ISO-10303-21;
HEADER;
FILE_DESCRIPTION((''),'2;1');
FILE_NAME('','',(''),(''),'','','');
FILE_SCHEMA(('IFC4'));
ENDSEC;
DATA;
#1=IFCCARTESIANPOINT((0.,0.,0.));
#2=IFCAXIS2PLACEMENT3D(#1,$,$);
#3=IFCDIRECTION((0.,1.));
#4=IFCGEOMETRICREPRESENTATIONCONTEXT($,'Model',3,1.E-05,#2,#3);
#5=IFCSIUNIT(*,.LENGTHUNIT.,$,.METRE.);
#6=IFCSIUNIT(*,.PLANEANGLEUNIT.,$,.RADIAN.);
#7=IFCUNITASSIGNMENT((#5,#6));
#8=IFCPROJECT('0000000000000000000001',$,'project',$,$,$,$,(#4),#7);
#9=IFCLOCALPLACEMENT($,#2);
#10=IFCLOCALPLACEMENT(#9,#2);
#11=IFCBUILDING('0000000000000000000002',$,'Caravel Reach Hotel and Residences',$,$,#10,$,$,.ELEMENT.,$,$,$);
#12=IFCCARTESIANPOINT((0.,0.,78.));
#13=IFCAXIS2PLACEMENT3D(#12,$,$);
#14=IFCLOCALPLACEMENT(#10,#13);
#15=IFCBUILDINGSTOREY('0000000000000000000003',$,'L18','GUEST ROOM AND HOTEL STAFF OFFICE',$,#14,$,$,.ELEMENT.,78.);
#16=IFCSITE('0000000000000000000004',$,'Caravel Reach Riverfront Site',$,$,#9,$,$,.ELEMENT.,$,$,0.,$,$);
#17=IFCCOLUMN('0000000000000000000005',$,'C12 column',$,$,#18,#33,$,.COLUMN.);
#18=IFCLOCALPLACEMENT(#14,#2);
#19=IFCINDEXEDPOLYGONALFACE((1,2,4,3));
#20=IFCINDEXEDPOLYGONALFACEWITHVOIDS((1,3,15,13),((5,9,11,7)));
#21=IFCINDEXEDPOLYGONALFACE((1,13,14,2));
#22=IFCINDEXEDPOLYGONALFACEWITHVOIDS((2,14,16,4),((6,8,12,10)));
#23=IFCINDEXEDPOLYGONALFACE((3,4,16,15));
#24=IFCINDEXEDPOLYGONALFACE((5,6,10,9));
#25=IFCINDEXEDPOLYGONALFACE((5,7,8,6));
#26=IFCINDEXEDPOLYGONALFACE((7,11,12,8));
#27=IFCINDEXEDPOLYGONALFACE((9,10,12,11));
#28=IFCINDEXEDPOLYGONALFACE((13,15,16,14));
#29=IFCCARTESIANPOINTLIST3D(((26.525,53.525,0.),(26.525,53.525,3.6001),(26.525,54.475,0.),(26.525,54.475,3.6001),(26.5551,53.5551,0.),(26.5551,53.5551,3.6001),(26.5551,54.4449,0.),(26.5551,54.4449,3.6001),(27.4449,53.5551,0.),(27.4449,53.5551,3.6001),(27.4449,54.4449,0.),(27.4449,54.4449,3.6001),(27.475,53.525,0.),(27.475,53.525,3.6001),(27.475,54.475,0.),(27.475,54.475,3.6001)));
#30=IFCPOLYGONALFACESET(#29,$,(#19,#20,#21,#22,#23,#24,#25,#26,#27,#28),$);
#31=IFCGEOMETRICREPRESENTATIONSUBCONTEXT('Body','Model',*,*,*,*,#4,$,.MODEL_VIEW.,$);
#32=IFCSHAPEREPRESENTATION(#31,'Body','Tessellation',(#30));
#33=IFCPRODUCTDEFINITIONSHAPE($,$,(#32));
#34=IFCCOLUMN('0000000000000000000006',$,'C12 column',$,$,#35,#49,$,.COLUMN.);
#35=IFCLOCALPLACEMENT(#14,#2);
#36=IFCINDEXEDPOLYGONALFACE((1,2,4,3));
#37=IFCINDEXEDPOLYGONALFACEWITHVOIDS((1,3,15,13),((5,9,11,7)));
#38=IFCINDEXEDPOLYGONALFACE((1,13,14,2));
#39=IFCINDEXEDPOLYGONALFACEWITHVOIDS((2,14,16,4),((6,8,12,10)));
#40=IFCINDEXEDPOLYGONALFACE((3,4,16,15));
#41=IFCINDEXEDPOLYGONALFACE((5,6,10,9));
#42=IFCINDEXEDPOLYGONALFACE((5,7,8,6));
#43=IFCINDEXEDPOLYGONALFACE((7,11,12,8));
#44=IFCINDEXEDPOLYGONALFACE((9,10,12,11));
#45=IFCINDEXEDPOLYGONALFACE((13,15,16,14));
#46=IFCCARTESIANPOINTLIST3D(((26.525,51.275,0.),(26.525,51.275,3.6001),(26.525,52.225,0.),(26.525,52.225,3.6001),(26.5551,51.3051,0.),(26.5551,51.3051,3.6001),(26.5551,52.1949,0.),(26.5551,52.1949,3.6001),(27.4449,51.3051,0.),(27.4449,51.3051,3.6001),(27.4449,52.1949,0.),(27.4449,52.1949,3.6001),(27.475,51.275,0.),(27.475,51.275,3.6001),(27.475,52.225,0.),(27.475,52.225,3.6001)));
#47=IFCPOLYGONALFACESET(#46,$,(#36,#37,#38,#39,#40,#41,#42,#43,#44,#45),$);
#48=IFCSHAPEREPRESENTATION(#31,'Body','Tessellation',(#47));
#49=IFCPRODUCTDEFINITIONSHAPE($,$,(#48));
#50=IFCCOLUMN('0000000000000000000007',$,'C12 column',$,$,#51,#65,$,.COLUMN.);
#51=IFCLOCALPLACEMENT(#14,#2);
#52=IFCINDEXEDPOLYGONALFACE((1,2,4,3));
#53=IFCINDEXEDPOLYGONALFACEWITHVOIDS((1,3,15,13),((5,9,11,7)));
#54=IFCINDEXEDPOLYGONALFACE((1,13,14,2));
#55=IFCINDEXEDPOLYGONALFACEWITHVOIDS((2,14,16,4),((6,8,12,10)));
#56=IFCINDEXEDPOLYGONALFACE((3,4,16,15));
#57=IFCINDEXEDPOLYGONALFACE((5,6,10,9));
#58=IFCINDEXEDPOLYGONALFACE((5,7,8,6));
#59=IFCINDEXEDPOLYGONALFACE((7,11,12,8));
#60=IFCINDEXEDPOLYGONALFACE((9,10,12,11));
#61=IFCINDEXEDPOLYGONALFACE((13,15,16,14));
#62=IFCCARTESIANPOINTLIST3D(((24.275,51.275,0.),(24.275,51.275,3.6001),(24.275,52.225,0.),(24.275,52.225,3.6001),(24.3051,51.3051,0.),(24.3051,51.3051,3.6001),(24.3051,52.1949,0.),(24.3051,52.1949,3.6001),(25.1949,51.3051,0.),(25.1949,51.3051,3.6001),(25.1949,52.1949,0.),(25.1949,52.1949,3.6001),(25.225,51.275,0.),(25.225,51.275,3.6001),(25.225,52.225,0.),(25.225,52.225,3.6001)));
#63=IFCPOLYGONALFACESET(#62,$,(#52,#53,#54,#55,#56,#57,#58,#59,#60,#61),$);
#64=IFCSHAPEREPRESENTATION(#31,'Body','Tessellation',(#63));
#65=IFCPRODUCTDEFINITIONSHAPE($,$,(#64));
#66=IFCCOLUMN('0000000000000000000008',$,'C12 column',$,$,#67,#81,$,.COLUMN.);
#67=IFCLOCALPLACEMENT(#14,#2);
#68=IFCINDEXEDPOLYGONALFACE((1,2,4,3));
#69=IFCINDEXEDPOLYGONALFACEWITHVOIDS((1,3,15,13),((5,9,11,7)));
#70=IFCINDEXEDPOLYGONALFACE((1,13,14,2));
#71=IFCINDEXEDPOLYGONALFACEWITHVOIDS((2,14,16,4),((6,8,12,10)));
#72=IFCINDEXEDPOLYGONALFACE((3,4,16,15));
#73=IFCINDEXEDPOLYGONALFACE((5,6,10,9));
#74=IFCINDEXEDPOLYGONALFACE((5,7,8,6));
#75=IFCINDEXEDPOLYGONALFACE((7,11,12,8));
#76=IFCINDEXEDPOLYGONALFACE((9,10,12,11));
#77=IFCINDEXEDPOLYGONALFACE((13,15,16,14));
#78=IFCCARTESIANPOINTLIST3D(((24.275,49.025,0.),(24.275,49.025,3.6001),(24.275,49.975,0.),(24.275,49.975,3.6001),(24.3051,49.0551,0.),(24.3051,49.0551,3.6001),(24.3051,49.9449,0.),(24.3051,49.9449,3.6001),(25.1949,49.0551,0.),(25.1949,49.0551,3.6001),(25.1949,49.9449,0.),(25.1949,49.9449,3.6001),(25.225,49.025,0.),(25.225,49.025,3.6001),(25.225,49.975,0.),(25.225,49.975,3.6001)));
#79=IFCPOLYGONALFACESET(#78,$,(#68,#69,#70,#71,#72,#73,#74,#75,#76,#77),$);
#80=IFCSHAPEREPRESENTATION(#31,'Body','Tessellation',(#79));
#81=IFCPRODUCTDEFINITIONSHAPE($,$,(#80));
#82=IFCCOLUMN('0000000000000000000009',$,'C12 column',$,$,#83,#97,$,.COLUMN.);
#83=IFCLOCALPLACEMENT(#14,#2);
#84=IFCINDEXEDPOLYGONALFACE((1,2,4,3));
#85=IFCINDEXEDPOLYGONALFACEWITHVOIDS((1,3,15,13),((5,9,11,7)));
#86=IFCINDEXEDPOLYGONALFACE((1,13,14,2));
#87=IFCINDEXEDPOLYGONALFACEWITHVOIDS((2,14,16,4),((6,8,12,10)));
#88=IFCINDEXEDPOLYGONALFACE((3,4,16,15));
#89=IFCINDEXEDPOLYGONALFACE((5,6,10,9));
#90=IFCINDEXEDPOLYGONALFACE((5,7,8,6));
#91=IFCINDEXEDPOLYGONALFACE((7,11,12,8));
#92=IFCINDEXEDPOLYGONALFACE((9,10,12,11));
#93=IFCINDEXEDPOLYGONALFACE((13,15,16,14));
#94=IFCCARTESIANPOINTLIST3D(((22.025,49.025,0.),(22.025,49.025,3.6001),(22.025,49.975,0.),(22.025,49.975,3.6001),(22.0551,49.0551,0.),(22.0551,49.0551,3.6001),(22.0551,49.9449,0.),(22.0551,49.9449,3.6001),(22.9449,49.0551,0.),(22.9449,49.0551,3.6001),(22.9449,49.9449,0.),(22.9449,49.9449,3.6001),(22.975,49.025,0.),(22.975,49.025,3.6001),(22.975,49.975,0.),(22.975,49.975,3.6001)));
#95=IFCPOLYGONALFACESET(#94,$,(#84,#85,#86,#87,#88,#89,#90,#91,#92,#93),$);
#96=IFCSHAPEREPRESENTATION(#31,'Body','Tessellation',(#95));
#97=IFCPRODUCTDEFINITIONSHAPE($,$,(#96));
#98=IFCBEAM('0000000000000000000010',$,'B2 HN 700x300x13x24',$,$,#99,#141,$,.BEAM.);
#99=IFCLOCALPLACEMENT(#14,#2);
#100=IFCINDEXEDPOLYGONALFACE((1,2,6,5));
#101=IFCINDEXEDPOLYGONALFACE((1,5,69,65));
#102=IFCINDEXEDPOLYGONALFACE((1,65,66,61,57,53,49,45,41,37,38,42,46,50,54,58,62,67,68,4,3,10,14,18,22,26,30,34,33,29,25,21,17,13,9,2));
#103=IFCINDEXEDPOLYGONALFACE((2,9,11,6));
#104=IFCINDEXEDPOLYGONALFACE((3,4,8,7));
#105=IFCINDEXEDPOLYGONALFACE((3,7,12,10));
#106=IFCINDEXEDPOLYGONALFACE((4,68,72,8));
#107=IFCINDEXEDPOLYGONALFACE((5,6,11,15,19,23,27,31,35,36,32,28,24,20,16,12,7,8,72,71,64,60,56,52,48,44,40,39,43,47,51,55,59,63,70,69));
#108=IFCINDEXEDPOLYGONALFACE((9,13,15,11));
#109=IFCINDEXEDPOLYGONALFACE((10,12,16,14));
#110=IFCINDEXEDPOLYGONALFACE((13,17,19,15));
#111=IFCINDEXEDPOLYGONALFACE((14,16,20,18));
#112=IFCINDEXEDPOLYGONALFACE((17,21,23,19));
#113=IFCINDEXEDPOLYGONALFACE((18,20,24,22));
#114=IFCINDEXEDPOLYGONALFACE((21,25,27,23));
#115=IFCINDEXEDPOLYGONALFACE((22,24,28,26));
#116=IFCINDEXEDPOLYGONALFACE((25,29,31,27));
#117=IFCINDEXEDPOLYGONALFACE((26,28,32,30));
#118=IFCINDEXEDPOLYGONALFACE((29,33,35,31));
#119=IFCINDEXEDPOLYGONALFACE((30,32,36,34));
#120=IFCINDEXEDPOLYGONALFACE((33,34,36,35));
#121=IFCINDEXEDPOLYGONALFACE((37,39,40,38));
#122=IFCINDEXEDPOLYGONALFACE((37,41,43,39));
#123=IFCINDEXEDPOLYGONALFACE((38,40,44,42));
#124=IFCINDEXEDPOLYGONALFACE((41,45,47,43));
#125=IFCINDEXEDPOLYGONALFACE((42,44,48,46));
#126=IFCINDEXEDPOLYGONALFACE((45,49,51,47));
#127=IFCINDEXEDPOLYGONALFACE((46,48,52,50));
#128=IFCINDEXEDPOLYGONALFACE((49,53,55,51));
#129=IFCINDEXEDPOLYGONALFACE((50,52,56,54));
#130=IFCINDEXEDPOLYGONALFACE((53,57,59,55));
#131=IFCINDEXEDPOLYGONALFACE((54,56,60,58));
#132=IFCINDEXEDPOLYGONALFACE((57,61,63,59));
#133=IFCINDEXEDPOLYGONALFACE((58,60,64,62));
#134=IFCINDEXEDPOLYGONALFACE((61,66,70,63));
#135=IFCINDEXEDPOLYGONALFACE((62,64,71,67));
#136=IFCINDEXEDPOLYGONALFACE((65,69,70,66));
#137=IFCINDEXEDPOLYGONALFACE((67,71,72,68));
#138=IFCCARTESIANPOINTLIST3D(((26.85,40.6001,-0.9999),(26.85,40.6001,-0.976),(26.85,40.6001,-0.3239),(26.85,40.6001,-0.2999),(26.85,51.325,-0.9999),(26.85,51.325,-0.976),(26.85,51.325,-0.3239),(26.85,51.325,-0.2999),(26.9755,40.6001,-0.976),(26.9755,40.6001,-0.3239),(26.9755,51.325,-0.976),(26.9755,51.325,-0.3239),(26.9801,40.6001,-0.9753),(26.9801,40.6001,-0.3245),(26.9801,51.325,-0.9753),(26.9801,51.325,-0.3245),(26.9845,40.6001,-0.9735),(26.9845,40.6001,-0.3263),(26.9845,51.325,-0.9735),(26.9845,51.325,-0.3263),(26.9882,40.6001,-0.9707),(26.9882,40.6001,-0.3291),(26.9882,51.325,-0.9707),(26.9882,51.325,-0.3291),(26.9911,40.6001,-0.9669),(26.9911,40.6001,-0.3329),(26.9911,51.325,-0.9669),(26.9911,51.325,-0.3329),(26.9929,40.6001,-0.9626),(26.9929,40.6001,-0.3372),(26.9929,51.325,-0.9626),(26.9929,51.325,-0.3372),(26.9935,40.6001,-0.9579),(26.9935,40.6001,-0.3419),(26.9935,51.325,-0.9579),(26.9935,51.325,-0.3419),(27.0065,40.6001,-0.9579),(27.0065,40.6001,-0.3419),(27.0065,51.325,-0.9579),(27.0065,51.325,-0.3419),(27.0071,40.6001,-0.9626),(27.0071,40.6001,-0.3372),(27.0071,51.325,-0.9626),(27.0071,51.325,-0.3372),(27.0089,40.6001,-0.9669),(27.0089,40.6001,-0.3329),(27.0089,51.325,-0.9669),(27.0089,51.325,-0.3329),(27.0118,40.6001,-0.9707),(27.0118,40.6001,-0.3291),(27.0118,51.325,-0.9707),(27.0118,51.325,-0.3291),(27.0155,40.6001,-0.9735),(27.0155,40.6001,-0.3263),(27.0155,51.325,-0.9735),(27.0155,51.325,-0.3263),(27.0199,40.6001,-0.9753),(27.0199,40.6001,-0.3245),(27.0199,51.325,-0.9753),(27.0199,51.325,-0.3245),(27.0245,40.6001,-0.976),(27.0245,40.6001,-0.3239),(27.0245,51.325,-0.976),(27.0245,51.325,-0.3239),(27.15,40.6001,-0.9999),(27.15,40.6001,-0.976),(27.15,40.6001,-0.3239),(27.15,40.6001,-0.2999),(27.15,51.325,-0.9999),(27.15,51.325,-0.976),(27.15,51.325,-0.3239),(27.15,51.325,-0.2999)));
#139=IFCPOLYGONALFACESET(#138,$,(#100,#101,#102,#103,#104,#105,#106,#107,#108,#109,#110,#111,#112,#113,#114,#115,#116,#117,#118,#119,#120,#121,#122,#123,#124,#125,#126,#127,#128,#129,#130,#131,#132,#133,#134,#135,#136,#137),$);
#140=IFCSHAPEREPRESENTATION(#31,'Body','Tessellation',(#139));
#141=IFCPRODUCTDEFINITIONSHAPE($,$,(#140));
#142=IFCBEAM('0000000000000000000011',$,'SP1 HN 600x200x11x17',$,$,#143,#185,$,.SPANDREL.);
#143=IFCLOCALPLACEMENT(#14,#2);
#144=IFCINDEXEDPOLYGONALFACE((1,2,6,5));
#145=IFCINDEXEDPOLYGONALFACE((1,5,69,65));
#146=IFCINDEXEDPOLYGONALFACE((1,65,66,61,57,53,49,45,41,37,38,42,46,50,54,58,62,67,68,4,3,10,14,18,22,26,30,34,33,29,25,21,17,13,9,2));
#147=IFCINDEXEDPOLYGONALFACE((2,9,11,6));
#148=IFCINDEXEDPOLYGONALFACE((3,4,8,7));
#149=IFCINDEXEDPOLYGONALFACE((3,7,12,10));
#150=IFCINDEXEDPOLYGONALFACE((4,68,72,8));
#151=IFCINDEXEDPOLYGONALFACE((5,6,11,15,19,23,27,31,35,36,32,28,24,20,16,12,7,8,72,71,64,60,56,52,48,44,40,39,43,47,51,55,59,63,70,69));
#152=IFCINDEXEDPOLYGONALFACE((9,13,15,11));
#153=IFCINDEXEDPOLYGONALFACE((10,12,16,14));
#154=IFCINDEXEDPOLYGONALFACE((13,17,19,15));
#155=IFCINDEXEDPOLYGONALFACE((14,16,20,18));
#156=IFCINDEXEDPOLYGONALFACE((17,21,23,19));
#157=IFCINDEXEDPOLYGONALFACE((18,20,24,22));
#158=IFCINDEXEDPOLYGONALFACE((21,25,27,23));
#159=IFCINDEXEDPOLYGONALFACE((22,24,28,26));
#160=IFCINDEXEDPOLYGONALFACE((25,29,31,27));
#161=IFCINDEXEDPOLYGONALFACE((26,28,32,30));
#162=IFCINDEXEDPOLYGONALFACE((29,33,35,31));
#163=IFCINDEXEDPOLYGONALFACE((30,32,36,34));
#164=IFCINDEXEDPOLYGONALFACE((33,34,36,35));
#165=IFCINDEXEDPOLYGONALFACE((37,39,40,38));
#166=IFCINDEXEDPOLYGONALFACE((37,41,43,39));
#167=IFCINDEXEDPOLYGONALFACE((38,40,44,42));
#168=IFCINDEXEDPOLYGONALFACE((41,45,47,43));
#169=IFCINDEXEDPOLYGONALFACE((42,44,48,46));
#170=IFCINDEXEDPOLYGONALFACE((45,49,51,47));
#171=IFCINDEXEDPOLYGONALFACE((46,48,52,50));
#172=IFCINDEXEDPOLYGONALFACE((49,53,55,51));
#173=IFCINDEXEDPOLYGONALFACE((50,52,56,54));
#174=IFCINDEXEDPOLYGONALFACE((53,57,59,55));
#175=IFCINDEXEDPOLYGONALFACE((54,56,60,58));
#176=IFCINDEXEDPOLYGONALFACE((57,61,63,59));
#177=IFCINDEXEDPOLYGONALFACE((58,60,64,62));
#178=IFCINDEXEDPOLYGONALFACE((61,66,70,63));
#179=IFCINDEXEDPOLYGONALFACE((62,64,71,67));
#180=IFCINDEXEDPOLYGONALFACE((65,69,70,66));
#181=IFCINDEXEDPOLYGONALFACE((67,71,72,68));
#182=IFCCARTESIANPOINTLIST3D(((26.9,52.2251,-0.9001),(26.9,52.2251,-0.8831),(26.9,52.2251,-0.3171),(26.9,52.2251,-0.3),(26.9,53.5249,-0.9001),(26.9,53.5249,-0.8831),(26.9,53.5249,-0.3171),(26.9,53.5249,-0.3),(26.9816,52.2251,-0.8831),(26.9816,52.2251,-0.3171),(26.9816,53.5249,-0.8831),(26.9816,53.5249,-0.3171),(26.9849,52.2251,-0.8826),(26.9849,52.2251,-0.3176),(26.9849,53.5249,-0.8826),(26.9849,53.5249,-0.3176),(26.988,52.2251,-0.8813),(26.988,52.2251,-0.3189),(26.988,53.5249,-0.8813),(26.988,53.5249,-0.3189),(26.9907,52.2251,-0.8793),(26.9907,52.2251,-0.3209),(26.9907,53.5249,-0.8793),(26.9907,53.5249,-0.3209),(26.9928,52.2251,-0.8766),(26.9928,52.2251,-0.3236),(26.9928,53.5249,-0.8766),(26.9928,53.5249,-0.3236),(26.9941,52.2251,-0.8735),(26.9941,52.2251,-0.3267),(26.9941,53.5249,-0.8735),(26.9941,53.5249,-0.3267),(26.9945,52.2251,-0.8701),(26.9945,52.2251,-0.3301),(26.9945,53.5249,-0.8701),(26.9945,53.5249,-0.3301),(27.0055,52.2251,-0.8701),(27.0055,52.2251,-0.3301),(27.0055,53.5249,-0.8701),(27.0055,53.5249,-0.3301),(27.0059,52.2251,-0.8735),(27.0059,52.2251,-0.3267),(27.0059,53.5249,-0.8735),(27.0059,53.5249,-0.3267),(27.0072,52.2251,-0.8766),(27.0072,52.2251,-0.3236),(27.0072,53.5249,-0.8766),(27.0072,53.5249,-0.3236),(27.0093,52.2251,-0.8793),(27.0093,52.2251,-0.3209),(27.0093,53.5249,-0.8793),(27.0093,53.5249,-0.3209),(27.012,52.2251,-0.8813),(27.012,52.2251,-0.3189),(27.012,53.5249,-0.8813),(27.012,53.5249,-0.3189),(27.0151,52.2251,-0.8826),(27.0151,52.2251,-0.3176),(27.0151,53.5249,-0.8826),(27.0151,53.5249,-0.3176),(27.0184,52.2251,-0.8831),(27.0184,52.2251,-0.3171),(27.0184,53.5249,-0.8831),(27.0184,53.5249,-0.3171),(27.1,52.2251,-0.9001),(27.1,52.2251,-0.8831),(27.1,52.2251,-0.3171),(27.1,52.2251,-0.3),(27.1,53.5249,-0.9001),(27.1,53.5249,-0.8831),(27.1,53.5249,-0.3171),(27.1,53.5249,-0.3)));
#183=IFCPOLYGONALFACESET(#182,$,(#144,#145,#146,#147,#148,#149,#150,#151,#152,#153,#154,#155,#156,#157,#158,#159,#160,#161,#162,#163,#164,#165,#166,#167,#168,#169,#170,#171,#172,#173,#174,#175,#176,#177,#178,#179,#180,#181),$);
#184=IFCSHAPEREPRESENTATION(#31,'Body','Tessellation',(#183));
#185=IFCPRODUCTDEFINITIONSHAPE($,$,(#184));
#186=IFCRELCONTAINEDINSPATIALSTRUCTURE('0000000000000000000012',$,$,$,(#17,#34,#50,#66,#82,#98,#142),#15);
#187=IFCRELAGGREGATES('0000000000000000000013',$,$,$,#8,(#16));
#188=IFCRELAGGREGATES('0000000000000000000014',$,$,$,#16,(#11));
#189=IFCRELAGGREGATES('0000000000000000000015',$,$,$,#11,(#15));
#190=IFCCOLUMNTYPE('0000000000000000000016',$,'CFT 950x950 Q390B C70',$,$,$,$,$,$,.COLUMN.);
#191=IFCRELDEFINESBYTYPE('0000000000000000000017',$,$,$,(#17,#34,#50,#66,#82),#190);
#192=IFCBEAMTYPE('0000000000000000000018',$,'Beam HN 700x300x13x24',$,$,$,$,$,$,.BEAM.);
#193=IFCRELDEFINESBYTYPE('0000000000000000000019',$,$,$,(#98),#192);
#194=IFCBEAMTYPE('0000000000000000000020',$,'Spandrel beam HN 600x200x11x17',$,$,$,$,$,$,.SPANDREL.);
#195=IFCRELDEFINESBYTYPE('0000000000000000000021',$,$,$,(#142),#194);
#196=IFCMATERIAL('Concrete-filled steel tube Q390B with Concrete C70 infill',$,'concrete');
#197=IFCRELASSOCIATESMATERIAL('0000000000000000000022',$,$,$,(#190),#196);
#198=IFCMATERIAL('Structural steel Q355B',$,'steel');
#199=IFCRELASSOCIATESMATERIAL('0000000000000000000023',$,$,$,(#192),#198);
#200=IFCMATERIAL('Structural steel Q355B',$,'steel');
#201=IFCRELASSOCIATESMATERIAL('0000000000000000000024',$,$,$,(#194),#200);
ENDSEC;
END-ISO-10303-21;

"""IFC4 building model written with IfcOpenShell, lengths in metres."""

from ifc_helpers import new_model, si_unit, direction, frame, origin, origin_2d, place, context, subcontext, project, spatial, hollow_rectangle, i_section, extrude, material, material_profile, profile_set, type_object, element, save


model = new_model("IFC4")

# Units and contexts
model_context = context("Model", 3, precision=1e-05, world=origin(), true_north=direction((0.0, 1.0)))
body_context = subcontext(model_context, "Body", "Model", "MODEL_VIEW")
ifc_project = project(units=[si_unit("LENGTHUNIT", "METRE"), si_unit("PLANEANGLEUNIT", "RADIAN")], contexts=[model_context])

# Site, building, storey
site_placement = place(None, origin())
site = spatial("IfcSite", under=ifc_project, at=site_placement, Name="Caravel Reach Riverfront Site", CompositionType="ELEMENT", RefElevation=0.0)
building_placement = place(site_placement, origin())
building = spatial("IfcBuilding", under=site, at=building_placement, Name="Caravel Reach Hotel and Residences", CompositionType="ELEMENT")
storey_placement = place(building_placement, frame((0.0, 0.0, 78.0)))
storey = spatial("IfcBuildingStorey", under=building, at=storey_placement, Name="L18", Description="GUEST ROOM AND HOTEL STAFF OFFICE", CompositionType="ELEMENT", Elevation=78.0)

# Columns
ifc_material_1 = material(Name="Concrete-filled steel tube Q390B with Concrete C70 infill", Category="concrete")
ifc_material_profile_1 = material_profile(ifc_material_1, hollow_rectangle(XDim=0.95, YDim=0.95, WallThickness=0.03, at=origin_2d()), Name="RHS 950x950x30")
ifc_profile_set_1 = profile_set([ifc_material_profile_1], Name="Concrete-filled steel tube Q390B with Concrete C70 infill")
column_type = type_object("IfcColumnType", Name="CFT 950x950 Q390B C70", PredefinedType="COLUMN", material=ifc_profile_set_1)
for number, where, z_axis, x_axis, name in (
    (1, (27.0, 54.0, 0.0), (0.0, 0.0, 1.0), (1.0, 0.0, 0.0), "C12 column"),
    (2, (27.0, 51.75, 0.0), (0.0, 0.0, 1.0), (1.0, 0.0, 0.0), "C12 column"),
    (3, (24.75, 51.75, 0.0), (0.0, 0.0, 1.0), (1.0, 0.0, 0.0), "C12 column"),
    (4, (24.75, 49.5, 0.0), (0.0, 0.0, 1.0), (1.0, 0.0, 0.0), "C12 column"),
    (5, (22.5, 49.5, 0.0), (0.0, 0.0, 1.0), (1.0, 0.0, 0.0), "C12 column"),
):
    element("IfcColumn", number, at=place(storey_placement, frame(where, z_axis=z_axis, x_axis=x_axis)), inside=storey, type_object=column_type, Name=name, PredefinedType="COLUMN", context=body_context, shape_type="SweptSolid", body=[
        extrude(hollow_rectangle(XDim=0.95, YDim=0.95, WallThickness=0.03, at=origin_2d()), origin(), (0.0, 0.0, 1.0), 3.6001),
    ])

# Beams
ifc_material_2 = material(Name="Structural steel Q355B", Category="steel")
ifc_material_profile_2 = material_profile(ifc_material_2, i_section(OverallWidth=0.3, OverallDepth=0.7, WebThickness=0.0129, FlangeThickness=0.0239, FilletRadius=0.0181, at=origin_2d()), Name="HN 700x300x13x24")
ifc_profile_set_2 = profile_set([ifc_material_profile_2], Name="Structural steel Q355B")
beam_type_1 = type_object("IfcBeamType", Name="Beam HN 700x300x13x24", PredefinedType="BEAM", material=ifc_profile_set_2)
beam_1_placement = place(storey_placement, frame((27.0, 40.6001, -0.6499), z_axis=(0.0, 1.0, 0.0), x_axis=(-1.0, 0.0, 0.0)))
element("IfcBeam", 6, at=beam_1_placement, inside=storey, type_object=beam_type_1, Name="B2 HN 700x300x13x24", PredefinedType="BEAM", context=body_context, shape_type="SweptSolid", body=[
    extrude(i_section(OverallWidth=0.3, OverallDepth=0.7, WebThickness=0.0129, FlangeThickness=0.0239, FilletRadius=0.0181, at=origin_2d()), origin(), (0.0, 0.0, 1.0), 10.7249),
])
ifc_material_3 = material(Name="Structural steel Q355B", Category="steel")
ifc_material_profile_3 = material_profile(ifc_material_3, i_section(OverallWidth=0.2, OverallDepth=0.6001, WebThickness=0.011, FlangeThickness=0.0171, FilletRadius=0.0129, at=origin_2d()), Name="HN 600x200x11x17")
ifc_profile_set_3 = profile_set([ifc_material_profile_3], Name="Structural steel Q355B")
beam_type_2 = type_object("IfcBeamType", Name="Spandrel beam HN 600x200x11x17", PredefinedType="SPANDREL", material=ifc_profile_set_3)
for number, where, z_axis, x_axis, name in (
    (7, (27.0, 53.5249, -0.6001), (0.0, -1.0, 0.0), (1.0, 0.0, 0.0), "SP1 HN 600x200x11x17"),
):
    element("IfcBeam", number, at=place(storey_placement, frame(where, z_axis=z_axis, x_axis=x_axis)), inside=storey, type_object=beam_type_2, Name=name, PredefinedType="SPANDREL", context=body_context, shape_type="SweptSolid", body=[
        extrude(i_section(OverallWidth=0.2, OverallDepth=0.6001, WebThickness=0.011, FlangeThickness=0.0171, FilletRadius=0.0129, at=origin_2d()), origin(), (0.0, 0.0, 1.0), 1.2998),
    ])

save(model, "model.ifc")
